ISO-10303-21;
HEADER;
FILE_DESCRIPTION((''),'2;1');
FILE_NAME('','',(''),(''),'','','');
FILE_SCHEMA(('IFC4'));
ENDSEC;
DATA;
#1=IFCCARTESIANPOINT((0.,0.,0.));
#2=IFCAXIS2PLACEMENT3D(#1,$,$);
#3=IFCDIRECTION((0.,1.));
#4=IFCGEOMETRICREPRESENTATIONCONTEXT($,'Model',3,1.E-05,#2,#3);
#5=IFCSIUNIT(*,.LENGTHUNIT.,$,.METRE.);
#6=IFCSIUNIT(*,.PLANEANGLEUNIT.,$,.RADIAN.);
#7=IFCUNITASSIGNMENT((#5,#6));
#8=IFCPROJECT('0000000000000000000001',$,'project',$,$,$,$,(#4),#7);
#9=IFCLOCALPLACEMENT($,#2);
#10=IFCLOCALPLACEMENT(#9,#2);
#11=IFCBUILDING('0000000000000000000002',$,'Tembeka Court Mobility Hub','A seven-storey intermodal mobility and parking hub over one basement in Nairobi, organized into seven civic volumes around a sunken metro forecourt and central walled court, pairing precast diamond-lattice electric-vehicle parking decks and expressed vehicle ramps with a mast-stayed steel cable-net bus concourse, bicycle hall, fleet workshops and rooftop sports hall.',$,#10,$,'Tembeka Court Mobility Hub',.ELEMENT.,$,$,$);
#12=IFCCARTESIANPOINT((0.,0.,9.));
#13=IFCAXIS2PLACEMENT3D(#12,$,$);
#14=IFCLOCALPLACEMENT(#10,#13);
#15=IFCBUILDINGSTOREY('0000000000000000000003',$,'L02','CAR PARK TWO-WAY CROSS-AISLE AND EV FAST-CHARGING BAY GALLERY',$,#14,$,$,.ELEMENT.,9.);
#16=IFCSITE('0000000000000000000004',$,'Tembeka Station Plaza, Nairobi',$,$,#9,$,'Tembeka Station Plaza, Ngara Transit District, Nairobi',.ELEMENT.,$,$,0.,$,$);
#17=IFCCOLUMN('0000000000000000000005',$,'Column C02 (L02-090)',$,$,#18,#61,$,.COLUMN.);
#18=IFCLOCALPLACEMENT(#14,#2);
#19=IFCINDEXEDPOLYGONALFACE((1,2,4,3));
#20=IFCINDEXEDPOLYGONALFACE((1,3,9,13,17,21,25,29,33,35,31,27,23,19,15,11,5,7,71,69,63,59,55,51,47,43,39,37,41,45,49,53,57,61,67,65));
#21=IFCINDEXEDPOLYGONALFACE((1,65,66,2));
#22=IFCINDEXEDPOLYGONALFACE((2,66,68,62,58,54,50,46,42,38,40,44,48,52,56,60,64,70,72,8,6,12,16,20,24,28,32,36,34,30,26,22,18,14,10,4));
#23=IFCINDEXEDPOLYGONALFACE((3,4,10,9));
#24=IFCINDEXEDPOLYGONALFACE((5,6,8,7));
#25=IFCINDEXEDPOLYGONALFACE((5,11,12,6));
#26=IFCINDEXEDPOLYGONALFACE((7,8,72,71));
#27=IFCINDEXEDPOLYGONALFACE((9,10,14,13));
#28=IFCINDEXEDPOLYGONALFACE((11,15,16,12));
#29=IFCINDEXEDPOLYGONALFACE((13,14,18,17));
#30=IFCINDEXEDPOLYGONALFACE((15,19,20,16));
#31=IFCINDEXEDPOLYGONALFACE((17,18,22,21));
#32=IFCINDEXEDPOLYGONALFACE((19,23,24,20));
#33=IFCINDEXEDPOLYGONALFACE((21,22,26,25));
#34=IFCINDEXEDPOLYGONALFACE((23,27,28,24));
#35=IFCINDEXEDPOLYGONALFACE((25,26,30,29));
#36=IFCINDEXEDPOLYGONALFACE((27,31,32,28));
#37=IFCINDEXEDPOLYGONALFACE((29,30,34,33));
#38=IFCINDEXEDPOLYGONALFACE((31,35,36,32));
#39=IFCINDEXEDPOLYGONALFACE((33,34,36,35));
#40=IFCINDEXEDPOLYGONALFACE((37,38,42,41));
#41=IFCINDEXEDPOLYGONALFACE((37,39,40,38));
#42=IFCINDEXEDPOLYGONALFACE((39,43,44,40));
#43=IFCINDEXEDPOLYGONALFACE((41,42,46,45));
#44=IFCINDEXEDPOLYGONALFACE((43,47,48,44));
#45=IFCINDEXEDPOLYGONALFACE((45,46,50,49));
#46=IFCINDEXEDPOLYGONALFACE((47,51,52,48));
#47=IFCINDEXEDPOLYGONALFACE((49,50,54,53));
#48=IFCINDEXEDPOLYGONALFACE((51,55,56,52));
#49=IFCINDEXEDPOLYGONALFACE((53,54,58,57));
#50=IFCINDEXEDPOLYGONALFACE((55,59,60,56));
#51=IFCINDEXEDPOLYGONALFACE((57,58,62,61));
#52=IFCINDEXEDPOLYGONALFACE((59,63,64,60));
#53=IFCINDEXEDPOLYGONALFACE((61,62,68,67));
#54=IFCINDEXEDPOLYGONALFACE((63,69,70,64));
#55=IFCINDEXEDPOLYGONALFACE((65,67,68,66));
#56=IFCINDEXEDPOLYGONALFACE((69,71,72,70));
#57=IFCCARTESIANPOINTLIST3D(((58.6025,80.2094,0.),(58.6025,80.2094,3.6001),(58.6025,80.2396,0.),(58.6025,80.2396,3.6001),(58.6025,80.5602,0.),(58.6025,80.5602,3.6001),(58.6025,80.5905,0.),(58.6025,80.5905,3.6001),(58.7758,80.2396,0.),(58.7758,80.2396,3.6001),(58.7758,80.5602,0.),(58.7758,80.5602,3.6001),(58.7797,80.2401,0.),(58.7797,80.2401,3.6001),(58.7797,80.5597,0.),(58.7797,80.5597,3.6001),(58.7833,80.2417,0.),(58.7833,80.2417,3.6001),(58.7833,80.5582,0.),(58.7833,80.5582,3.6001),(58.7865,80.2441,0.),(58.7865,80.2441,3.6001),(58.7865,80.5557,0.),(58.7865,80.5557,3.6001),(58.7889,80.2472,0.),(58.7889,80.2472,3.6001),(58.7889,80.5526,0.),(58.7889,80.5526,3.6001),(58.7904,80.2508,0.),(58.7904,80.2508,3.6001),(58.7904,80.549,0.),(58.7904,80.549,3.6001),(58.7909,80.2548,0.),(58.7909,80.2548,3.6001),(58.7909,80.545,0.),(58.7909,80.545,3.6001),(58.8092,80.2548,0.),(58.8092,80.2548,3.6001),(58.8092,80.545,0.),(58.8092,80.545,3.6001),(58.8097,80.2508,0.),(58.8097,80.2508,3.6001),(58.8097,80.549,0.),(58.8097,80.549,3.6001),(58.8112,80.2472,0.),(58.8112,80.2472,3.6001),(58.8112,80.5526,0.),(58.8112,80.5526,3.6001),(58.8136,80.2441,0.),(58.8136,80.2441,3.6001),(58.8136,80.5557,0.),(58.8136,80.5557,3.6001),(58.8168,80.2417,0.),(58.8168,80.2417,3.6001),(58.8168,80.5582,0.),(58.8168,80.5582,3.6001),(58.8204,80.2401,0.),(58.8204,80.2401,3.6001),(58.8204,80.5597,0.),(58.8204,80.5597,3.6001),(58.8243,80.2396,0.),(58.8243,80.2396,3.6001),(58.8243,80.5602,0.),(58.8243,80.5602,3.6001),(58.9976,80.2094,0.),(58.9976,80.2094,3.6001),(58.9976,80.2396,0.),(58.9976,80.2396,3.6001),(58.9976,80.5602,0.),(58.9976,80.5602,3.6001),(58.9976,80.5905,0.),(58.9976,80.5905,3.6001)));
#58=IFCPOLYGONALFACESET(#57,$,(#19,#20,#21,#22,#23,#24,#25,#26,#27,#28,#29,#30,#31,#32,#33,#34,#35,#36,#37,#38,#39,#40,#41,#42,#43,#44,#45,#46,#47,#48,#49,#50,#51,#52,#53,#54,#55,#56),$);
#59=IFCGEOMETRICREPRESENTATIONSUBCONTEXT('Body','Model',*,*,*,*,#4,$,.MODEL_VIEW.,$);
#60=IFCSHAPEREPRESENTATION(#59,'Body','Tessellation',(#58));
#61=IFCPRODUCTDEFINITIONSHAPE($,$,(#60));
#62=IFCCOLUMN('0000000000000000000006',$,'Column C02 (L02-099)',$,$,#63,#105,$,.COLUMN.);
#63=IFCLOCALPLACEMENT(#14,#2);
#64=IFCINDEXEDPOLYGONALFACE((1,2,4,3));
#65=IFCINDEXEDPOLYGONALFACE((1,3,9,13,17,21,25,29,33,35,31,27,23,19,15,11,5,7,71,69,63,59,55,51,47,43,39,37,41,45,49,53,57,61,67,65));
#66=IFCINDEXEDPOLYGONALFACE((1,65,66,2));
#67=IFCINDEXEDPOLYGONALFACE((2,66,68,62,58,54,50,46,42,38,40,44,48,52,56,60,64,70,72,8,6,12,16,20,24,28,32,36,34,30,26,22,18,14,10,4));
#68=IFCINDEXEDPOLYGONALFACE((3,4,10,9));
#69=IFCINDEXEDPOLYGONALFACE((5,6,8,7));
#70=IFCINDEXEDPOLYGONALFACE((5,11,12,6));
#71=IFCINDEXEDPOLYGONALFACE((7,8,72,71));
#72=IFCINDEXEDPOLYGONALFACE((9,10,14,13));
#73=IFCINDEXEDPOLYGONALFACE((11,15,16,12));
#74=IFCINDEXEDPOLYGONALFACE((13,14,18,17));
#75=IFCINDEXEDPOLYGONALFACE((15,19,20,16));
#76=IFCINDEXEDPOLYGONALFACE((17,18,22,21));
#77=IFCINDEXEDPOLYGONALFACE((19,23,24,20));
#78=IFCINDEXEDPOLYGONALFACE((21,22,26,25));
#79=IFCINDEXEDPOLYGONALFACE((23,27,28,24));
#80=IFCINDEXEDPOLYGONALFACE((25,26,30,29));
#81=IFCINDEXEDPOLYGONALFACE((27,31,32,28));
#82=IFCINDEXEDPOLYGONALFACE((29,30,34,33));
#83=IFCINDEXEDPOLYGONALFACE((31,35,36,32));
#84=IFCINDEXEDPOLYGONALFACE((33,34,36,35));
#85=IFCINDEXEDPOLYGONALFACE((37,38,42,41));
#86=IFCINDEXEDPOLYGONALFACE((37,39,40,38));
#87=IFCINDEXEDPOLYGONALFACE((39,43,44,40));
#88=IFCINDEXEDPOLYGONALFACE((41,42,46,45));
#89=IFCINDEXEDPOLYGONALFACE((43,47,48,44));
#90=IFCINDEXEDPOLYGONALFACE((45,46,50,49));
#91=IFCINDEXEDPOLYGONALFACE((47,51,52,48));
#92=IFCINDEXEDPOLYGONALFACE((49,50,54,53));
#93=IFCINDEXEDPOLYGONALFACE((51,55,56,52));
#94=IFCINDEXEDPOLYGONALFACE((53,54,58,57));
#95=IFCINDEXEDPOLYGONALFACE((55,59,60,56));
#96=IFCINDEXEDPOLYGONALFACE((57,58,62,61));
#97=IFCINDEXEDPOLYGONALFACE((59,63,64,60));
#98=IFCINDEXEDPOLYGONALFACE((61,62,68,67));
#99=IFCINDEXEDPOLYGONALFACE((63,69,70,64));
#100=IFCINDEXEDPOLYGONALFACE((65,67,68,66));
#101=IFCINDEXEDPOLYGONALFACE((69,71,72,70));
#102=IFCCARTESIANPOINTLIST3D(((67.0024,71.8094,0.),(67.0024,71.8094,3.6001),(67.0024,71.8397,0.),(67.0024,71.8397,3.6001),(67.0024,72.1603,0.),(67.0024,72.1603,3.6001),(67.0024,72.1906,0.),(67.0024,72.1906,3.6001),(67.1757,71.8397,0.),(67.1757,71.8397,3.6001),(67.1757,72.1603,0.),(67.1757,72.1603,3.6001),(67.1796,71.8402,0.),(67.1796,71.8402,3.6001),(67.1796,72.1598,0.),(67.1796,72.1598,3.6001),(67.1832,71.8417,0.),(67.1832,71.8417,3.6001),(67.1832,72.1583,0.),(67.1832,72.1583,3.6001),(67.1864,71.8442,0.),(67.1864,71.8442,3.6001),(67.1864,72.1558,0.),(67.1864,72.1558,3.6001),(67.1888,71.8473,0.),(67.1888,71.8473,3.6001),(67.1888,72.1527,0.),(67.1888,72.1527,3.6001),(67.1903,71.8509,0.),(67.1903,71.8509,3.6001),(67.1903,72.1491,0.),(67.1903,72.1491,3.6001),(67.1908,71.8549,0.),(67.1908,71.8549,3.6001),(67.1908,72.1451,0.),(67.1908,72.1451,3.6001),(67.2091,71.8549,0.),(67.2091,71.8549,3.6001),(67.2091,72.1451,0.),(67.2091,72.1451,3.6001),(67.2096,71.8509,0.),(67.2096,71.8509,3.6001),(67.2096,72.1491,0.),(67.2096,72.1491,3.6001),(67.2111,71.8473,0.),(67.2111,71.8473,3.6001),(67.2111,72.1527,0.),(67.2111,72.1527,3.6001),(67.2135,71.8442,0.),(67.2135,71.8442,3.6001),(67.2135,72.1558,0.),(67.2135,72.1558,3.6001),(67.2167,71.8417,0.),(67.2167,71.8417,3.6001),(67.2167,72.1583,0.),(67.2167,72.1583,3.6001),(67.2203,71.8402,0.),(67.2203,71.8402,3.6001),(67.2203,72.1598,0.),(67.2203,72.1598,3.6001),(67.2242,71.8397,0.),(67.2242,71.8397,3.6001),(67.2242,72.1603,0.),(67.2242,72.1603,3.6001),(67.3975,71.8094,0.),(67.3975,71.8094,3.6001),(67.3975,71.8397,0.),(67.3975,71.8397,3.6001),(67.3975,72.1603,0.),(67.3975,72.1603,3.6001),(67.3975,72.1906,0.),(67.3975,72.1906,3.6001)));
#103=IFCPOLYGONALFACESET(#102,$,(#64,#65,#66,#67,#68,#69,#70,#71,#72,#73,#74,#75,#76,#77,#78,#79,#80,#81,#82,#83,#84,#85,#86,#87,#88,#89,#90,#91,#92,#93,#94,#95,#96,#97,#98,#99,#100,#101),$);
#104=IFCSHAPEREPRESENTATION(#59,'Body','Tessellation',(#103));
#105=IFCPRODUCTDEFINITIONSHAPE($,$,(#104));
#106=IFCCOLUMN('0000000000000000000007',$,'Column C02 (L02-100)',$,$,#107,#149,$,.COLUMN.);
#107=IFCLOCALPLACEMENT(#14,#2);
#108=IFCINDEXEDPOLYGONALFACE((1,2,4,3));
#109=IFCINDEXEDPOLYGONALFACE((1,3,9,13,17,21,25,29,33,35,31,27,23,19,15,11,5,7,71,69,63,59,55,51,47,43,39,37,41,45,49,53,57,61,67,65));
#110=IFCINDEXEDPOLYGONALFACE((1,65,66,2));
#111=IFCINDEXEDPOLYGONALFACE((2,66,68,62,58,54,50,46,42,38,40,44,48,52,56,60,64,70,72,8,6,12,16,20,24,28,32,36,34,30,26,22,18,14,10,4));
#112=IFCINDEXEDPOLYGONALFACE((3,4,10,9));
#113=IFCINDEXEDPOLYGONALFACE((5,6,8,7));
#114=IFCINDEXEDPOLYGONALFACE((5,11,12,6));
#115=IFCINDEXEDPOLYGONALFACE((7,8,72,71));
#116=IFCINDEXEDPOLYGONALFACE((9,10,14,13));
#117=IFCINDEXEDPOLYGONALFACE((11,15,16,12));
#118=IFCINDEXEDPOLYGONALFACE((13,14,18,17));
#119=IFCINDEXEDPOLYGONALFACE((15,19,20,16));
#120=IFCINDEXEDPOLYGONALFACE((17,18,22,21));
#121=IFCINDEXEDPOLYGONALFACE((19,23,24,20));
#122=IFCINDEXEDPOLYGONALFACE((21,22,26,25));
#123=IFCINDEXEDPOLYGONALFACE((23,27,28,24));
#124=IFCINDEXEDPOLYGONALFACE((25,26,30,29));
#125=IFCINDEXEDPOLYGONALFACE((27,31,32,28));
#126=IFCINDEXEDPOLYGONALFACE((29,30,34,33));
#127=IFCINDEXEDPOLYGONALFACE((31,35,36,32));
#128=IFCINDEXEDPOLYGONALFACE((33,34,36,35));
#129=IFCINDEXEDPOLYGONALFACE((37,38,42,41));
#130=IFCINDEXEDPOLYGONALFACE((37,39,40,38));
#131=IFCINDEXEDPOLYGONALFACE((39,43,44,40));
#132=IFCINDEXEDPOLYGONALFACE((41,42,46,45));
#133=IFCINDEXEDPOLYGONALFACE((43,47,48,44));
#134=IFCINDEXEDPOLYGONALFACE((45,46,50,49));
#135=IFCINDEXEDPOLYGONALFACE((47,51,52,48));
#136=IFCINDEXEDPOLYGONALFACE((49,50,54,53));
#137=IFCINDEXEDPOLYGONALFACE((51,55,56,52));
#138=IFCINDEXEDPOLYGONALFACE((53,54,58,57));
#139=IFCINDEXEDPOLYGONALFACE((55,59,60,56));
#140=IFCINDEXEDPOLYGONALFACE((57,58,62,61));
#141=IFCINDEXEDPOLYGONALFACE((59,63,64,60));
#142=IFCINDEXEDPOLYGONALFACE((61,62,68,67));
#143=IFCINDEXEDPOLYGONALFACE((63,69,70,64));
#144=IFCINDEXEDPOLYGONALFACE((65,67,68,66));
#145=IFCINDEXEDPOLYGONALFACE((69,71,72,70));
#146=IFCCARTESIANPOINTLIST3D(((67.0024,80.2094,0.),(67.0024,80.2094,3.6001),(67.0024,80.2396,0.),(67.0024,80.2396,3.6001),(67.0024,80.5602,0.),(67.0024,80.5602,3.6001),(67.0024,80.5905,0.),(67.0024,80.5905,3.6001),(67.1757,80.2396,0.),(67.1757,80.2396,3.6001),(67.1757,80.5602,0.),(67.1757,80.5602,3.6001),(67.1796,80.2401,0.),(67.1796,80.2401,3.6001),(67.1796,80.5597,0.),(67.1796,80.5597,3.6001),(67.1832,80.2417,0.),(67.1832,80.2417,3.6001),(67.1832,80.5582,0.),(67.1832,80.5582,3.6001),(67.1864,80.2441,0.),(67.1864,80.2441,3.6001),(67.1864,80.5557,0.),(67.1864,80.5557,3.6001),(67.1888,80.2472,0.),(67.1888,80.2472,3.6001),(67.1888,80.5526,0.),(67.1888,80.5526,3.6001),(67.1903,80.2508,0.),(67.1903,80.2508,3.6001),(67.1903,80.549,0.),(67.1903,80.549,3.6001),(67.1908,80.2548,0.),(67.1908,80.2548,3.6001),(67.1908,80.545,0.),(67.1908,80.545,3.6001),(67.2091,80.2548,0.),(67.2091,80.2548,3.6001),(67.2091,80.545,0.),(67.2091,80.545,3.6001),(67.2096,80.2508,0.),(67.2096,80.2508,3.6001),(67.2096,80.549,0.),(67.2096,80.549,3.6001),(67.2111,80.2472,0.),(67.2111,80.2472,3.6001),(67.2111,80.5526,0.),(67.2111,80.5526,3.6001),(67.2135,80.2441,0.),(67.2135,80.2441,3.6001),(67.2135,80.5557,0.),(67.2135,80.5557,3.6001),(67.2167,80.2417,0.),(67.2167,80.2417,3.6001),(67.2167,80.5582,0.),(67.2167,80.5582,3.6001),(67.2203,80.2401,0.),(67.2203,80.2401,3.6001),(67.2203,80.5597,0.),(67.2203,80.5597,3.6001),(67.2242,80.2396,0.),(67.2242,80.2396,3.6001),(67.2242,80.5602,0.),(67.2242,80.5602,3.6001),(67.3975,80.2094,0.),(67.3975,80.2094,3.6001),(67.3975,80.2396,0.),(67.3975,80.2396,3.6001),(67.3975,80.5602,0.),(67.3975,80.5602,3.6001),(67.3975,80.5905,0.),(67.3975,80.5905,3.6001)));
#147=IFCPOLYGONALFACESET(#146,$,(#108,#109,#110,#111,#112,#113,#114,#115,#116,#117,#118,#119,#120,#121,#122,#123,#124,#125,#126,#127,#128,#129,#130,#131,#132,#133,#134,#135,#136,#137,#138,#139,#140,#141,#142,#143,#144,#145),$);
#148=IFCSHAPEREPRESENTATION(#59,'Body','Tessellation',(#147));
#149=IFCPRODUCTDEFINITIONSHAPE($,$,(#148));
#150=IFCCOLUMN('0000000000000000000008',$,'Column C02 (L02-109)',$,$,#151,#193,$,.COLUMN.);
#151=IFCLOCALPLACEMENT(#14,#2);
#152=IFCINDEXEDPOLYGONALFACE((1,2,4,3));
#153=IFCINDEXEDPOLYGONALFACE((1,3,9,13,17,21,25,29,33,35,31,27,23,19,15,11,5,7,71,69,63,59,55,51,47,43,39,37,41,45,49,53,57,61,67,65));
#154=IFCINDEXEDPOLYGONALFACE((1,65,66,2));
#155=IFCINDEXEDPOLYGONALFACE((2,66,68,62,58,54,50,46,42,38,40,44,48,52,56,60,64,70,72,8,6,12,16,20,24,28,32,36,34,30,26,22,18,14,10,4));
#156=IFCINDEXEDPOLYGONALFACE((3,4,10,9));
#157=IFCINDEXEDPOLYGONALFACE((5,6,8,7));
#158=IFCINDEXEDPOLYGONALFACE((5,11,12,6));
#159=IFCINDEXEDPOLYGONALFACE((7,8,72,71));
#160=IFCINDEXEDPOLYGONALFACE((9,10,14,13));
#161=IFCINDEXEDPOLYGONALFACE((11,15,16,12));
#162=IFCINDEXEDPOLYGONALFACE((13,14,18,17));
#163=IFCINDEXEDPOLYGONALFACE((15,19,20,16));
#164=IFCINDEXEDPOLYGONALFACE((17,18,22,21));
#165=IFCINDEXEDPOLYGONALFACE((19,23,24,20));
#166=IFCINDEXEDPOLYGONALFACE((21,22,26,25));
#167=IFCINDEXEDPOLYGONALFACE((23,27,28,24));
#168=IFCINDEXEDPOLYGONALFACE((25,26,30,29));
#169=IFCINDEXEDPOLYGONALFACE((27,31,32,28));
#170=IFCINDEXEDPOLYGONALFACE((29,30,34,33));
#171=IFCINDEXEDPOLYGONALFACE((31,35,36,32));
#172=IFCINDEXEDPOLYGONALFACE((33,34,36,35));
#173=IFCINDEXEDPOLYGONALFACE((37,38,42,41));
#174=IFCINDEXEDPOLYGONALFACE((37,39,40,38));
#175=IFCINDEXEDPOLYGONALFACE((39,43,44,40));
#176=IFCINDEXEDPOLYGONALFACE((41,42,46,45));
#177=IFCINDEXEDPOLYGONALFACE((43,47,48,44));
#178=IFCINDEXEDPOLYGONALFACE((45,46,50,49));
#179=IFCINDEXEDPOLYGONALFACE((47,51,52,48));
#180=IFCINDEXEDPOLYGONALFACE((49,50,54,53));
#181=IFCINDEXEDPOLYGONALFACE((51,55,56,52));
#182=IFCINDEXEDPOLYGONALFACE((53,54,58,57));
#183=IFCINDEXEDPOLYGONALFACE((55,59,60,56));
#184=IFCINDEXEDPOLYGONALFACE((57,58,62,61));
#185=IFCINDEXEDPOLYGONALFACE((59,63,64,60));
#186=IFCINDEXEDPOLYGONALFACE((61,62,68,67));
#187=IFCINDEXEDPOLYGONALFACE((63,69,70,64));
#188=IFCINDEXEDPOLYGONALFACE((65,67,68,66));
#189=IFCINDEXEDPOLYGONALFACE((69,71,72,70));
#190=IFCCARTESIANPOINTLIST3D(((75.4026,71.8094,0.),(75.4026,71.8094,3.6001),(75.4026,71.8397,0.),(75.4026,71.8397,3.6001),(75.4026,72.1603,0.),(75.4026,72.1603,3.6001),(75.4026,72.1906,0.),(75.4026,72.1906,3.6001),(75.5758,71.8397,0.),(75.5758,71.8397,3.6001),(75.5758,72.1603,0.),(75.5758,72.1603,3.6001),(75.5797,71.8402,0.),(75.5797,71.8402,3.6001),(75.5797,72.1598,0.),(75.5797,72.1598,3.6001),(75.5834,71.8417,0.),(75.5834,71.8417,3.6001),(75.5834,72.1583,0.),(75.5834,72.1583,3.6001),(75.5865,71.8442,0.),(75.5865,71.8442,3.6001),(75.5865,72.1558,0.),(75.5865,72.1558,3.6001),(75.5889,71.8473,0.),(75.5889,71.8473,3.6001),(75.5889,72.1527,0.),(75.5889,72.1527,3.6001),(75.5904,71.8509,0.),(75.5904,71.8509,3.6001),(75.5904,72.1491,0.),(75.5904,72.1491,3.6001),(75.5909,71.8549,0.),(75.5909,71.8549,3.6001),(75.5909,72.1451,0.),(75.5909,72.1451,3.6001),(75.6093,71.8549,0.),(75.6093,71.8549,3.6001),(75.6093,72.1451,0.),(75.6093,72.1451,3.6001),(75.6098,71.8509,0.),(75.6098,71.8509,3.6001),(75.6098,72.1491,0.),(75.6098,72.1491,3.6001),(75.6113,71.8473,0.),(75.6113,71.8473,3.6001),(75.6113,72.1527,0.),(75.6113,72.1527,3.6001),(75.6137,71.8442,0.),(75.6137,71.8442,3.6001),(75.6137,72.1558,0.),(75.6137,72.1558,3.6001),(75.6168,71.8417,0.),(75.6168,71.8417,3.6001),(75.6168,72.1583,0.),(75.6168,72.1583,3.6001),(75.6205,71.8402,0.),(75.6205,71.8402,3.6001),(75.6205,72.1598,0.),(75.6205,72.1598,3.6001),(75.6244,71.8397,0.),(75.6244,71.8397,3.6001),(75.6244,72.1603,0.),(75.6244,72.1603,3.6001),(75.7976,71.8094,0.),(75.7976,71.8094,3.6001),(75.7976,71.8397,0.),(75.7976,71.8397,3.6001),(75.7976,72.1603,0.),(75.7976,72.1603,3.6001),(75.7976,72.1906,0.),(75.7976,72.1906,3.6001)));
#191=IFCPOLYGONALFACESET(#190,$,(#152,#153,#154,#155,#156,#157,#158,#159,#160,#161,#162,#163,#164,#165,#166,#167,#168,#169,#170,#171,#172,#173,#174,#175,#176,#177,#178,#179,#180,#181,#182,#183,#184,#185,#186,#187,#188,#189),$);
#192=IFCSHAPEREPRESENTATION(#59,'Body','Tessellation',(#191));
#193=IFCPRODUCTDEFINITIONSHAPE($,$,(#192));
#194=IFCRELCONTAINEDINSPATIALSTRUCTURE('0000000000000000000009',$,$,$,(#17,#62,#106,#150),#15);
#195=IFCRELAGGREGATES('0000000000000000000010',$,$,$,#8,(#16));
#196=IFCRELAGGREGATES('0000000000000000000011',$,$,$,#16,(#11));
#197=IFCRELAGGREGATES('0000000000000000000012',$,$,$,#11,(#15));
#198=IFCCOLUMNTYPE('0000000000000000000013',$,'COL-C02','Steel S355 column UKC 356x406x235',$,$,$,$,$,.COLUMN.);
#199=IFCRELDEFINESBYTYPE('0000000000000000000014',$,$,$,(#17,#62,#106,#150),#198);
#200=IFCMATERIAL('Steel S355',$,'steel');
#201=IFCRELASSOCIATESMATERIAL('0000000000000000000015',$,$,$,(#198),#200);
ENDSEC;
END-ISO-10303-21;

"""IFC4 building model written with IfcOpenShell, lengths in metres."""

from ifc_helpers import new_model, si_unit, direction, frame, origin, origin_2d, place, context, subcontext, project, spatial, i_section, extrude, material, material_profile, profile_set, type_object, element, save


model = new_model("IFC4")

# Units and contexts
model_context = context("Model", 3, precision=1e-05, world=origin(), true_north=direction((0.0, 1.0)))
body_context = subcontext(model_context, "Body", "Model", "MODEL_VIEW")
ifc_project = project(units=[si_unit("LENGTHUNIT", "METRE"), si_unit("PLANEANGLEUNIT", "RADIAN")], contexts=[model_context])

# Site, building, storey
site_placement = place(None, origin())
site = spatial("IfcSite", under=ifc_project, at=site_placement, Name="Tembeka Station Plaza, Nairobi", LongName="Tembeka Station Plaza, Ngara Transit District, Nairobi", CompositionType="ELEMENT", RefElevation=0.0)
building_placement = place(site_placement, origin())
building = spatial("IfcBuilding", under=site, at=building_placement, Name="Tembeka Court Mobility Hub", Description="A seven-storey intermodal mobility and parking hub over one basement in Nairobi, organized into seven civic volumes around a sunken metro forecourt and central walled court, pairing precast diamond-lattice electric-vehicle parking decks and expressed vehicle ramps with a mast-stayed steel cable-net bus concourse, bicycle hall, fleet workshops and rooftop sports hall.", LongName="Tembeka Court Mobility Hub", CompositionType="ELEMENT")
storey_placement = place(building_placement, frame((0.0, 0.0, 9.0)))
storey = spatial("IfcBuildingStorey", under=building, at=storey_placement, Name="L02", Description="CAR PARK TWO-WAY CROSS-AISLE AND EV FAST-CHARGING BAY GALLERY", CompositionType="ELEMENT", Elevation=9.0)

# Columns
ifc_material = material(Name="Steel S355", Category="steel")
ifc_material_profile_1 = material_profile(ifc_material, i_section(OverallWidth=0.395, OverallDepth=0.3811, WebThickness=0.0183, FlangeThickness=0.0303, FilletRadius=0.0151, at=origin_2d()), Name="UKC 356x406x235")
ifc_profile_set_1 = profile_set([ifc_material_profile_1], Name="Steel S355")
column_type = type_object("IfcColumnType", Name="COL-C02", Description="Steel S355 column UKC 356x406x235", PredefinedType="COLUMN", material=ifc_profile_set_1)
for number, where, z_axis, x_axis, name in (
    (1, (58.8, 80.3999, 0.0), (0.0, 0.0, 1.0), (1.0, 0.0, 0.0), "Column C02 (L02-090)"),
    (2, (67.2, 72.0, 0.0), (0.0, 0.0, 1.0), (1.0, 0.0, 0.0), "Column C02 (L02-099)"),
    (3, (67.2, 80.3999, 0.0), (0.0, 0.0, 1.0), (1.0, 0.0, 0.0), "Column C02 (L02-100)"),
    (4, (75.6001, 72.0, 0.0), (0.0, 0.0, 1.0), (1.0, 0.0, 0.0), "Column C02 (L02-109)"),
):
    element("IfcColumn", number, at=place(storey_placement, frame(where, z_axis=z_axis, x_axis=x_axis)), inside=storey, type_object=column_type, Name=name, PredefinedType="COLUMN", context=body_context, shape_type="SweptSolid", body=[
        extrude(i_section(OverallWidth=0.395, OverallDepth=0.3811, WebThickness=0.0183, FlangeThickness=0.0303, FilletRadius=0.0151, at=origin_2d()), origin(), (0.0, 0.0, 1.0), 3.6001),
    ])

save(model, "model.ifc")
